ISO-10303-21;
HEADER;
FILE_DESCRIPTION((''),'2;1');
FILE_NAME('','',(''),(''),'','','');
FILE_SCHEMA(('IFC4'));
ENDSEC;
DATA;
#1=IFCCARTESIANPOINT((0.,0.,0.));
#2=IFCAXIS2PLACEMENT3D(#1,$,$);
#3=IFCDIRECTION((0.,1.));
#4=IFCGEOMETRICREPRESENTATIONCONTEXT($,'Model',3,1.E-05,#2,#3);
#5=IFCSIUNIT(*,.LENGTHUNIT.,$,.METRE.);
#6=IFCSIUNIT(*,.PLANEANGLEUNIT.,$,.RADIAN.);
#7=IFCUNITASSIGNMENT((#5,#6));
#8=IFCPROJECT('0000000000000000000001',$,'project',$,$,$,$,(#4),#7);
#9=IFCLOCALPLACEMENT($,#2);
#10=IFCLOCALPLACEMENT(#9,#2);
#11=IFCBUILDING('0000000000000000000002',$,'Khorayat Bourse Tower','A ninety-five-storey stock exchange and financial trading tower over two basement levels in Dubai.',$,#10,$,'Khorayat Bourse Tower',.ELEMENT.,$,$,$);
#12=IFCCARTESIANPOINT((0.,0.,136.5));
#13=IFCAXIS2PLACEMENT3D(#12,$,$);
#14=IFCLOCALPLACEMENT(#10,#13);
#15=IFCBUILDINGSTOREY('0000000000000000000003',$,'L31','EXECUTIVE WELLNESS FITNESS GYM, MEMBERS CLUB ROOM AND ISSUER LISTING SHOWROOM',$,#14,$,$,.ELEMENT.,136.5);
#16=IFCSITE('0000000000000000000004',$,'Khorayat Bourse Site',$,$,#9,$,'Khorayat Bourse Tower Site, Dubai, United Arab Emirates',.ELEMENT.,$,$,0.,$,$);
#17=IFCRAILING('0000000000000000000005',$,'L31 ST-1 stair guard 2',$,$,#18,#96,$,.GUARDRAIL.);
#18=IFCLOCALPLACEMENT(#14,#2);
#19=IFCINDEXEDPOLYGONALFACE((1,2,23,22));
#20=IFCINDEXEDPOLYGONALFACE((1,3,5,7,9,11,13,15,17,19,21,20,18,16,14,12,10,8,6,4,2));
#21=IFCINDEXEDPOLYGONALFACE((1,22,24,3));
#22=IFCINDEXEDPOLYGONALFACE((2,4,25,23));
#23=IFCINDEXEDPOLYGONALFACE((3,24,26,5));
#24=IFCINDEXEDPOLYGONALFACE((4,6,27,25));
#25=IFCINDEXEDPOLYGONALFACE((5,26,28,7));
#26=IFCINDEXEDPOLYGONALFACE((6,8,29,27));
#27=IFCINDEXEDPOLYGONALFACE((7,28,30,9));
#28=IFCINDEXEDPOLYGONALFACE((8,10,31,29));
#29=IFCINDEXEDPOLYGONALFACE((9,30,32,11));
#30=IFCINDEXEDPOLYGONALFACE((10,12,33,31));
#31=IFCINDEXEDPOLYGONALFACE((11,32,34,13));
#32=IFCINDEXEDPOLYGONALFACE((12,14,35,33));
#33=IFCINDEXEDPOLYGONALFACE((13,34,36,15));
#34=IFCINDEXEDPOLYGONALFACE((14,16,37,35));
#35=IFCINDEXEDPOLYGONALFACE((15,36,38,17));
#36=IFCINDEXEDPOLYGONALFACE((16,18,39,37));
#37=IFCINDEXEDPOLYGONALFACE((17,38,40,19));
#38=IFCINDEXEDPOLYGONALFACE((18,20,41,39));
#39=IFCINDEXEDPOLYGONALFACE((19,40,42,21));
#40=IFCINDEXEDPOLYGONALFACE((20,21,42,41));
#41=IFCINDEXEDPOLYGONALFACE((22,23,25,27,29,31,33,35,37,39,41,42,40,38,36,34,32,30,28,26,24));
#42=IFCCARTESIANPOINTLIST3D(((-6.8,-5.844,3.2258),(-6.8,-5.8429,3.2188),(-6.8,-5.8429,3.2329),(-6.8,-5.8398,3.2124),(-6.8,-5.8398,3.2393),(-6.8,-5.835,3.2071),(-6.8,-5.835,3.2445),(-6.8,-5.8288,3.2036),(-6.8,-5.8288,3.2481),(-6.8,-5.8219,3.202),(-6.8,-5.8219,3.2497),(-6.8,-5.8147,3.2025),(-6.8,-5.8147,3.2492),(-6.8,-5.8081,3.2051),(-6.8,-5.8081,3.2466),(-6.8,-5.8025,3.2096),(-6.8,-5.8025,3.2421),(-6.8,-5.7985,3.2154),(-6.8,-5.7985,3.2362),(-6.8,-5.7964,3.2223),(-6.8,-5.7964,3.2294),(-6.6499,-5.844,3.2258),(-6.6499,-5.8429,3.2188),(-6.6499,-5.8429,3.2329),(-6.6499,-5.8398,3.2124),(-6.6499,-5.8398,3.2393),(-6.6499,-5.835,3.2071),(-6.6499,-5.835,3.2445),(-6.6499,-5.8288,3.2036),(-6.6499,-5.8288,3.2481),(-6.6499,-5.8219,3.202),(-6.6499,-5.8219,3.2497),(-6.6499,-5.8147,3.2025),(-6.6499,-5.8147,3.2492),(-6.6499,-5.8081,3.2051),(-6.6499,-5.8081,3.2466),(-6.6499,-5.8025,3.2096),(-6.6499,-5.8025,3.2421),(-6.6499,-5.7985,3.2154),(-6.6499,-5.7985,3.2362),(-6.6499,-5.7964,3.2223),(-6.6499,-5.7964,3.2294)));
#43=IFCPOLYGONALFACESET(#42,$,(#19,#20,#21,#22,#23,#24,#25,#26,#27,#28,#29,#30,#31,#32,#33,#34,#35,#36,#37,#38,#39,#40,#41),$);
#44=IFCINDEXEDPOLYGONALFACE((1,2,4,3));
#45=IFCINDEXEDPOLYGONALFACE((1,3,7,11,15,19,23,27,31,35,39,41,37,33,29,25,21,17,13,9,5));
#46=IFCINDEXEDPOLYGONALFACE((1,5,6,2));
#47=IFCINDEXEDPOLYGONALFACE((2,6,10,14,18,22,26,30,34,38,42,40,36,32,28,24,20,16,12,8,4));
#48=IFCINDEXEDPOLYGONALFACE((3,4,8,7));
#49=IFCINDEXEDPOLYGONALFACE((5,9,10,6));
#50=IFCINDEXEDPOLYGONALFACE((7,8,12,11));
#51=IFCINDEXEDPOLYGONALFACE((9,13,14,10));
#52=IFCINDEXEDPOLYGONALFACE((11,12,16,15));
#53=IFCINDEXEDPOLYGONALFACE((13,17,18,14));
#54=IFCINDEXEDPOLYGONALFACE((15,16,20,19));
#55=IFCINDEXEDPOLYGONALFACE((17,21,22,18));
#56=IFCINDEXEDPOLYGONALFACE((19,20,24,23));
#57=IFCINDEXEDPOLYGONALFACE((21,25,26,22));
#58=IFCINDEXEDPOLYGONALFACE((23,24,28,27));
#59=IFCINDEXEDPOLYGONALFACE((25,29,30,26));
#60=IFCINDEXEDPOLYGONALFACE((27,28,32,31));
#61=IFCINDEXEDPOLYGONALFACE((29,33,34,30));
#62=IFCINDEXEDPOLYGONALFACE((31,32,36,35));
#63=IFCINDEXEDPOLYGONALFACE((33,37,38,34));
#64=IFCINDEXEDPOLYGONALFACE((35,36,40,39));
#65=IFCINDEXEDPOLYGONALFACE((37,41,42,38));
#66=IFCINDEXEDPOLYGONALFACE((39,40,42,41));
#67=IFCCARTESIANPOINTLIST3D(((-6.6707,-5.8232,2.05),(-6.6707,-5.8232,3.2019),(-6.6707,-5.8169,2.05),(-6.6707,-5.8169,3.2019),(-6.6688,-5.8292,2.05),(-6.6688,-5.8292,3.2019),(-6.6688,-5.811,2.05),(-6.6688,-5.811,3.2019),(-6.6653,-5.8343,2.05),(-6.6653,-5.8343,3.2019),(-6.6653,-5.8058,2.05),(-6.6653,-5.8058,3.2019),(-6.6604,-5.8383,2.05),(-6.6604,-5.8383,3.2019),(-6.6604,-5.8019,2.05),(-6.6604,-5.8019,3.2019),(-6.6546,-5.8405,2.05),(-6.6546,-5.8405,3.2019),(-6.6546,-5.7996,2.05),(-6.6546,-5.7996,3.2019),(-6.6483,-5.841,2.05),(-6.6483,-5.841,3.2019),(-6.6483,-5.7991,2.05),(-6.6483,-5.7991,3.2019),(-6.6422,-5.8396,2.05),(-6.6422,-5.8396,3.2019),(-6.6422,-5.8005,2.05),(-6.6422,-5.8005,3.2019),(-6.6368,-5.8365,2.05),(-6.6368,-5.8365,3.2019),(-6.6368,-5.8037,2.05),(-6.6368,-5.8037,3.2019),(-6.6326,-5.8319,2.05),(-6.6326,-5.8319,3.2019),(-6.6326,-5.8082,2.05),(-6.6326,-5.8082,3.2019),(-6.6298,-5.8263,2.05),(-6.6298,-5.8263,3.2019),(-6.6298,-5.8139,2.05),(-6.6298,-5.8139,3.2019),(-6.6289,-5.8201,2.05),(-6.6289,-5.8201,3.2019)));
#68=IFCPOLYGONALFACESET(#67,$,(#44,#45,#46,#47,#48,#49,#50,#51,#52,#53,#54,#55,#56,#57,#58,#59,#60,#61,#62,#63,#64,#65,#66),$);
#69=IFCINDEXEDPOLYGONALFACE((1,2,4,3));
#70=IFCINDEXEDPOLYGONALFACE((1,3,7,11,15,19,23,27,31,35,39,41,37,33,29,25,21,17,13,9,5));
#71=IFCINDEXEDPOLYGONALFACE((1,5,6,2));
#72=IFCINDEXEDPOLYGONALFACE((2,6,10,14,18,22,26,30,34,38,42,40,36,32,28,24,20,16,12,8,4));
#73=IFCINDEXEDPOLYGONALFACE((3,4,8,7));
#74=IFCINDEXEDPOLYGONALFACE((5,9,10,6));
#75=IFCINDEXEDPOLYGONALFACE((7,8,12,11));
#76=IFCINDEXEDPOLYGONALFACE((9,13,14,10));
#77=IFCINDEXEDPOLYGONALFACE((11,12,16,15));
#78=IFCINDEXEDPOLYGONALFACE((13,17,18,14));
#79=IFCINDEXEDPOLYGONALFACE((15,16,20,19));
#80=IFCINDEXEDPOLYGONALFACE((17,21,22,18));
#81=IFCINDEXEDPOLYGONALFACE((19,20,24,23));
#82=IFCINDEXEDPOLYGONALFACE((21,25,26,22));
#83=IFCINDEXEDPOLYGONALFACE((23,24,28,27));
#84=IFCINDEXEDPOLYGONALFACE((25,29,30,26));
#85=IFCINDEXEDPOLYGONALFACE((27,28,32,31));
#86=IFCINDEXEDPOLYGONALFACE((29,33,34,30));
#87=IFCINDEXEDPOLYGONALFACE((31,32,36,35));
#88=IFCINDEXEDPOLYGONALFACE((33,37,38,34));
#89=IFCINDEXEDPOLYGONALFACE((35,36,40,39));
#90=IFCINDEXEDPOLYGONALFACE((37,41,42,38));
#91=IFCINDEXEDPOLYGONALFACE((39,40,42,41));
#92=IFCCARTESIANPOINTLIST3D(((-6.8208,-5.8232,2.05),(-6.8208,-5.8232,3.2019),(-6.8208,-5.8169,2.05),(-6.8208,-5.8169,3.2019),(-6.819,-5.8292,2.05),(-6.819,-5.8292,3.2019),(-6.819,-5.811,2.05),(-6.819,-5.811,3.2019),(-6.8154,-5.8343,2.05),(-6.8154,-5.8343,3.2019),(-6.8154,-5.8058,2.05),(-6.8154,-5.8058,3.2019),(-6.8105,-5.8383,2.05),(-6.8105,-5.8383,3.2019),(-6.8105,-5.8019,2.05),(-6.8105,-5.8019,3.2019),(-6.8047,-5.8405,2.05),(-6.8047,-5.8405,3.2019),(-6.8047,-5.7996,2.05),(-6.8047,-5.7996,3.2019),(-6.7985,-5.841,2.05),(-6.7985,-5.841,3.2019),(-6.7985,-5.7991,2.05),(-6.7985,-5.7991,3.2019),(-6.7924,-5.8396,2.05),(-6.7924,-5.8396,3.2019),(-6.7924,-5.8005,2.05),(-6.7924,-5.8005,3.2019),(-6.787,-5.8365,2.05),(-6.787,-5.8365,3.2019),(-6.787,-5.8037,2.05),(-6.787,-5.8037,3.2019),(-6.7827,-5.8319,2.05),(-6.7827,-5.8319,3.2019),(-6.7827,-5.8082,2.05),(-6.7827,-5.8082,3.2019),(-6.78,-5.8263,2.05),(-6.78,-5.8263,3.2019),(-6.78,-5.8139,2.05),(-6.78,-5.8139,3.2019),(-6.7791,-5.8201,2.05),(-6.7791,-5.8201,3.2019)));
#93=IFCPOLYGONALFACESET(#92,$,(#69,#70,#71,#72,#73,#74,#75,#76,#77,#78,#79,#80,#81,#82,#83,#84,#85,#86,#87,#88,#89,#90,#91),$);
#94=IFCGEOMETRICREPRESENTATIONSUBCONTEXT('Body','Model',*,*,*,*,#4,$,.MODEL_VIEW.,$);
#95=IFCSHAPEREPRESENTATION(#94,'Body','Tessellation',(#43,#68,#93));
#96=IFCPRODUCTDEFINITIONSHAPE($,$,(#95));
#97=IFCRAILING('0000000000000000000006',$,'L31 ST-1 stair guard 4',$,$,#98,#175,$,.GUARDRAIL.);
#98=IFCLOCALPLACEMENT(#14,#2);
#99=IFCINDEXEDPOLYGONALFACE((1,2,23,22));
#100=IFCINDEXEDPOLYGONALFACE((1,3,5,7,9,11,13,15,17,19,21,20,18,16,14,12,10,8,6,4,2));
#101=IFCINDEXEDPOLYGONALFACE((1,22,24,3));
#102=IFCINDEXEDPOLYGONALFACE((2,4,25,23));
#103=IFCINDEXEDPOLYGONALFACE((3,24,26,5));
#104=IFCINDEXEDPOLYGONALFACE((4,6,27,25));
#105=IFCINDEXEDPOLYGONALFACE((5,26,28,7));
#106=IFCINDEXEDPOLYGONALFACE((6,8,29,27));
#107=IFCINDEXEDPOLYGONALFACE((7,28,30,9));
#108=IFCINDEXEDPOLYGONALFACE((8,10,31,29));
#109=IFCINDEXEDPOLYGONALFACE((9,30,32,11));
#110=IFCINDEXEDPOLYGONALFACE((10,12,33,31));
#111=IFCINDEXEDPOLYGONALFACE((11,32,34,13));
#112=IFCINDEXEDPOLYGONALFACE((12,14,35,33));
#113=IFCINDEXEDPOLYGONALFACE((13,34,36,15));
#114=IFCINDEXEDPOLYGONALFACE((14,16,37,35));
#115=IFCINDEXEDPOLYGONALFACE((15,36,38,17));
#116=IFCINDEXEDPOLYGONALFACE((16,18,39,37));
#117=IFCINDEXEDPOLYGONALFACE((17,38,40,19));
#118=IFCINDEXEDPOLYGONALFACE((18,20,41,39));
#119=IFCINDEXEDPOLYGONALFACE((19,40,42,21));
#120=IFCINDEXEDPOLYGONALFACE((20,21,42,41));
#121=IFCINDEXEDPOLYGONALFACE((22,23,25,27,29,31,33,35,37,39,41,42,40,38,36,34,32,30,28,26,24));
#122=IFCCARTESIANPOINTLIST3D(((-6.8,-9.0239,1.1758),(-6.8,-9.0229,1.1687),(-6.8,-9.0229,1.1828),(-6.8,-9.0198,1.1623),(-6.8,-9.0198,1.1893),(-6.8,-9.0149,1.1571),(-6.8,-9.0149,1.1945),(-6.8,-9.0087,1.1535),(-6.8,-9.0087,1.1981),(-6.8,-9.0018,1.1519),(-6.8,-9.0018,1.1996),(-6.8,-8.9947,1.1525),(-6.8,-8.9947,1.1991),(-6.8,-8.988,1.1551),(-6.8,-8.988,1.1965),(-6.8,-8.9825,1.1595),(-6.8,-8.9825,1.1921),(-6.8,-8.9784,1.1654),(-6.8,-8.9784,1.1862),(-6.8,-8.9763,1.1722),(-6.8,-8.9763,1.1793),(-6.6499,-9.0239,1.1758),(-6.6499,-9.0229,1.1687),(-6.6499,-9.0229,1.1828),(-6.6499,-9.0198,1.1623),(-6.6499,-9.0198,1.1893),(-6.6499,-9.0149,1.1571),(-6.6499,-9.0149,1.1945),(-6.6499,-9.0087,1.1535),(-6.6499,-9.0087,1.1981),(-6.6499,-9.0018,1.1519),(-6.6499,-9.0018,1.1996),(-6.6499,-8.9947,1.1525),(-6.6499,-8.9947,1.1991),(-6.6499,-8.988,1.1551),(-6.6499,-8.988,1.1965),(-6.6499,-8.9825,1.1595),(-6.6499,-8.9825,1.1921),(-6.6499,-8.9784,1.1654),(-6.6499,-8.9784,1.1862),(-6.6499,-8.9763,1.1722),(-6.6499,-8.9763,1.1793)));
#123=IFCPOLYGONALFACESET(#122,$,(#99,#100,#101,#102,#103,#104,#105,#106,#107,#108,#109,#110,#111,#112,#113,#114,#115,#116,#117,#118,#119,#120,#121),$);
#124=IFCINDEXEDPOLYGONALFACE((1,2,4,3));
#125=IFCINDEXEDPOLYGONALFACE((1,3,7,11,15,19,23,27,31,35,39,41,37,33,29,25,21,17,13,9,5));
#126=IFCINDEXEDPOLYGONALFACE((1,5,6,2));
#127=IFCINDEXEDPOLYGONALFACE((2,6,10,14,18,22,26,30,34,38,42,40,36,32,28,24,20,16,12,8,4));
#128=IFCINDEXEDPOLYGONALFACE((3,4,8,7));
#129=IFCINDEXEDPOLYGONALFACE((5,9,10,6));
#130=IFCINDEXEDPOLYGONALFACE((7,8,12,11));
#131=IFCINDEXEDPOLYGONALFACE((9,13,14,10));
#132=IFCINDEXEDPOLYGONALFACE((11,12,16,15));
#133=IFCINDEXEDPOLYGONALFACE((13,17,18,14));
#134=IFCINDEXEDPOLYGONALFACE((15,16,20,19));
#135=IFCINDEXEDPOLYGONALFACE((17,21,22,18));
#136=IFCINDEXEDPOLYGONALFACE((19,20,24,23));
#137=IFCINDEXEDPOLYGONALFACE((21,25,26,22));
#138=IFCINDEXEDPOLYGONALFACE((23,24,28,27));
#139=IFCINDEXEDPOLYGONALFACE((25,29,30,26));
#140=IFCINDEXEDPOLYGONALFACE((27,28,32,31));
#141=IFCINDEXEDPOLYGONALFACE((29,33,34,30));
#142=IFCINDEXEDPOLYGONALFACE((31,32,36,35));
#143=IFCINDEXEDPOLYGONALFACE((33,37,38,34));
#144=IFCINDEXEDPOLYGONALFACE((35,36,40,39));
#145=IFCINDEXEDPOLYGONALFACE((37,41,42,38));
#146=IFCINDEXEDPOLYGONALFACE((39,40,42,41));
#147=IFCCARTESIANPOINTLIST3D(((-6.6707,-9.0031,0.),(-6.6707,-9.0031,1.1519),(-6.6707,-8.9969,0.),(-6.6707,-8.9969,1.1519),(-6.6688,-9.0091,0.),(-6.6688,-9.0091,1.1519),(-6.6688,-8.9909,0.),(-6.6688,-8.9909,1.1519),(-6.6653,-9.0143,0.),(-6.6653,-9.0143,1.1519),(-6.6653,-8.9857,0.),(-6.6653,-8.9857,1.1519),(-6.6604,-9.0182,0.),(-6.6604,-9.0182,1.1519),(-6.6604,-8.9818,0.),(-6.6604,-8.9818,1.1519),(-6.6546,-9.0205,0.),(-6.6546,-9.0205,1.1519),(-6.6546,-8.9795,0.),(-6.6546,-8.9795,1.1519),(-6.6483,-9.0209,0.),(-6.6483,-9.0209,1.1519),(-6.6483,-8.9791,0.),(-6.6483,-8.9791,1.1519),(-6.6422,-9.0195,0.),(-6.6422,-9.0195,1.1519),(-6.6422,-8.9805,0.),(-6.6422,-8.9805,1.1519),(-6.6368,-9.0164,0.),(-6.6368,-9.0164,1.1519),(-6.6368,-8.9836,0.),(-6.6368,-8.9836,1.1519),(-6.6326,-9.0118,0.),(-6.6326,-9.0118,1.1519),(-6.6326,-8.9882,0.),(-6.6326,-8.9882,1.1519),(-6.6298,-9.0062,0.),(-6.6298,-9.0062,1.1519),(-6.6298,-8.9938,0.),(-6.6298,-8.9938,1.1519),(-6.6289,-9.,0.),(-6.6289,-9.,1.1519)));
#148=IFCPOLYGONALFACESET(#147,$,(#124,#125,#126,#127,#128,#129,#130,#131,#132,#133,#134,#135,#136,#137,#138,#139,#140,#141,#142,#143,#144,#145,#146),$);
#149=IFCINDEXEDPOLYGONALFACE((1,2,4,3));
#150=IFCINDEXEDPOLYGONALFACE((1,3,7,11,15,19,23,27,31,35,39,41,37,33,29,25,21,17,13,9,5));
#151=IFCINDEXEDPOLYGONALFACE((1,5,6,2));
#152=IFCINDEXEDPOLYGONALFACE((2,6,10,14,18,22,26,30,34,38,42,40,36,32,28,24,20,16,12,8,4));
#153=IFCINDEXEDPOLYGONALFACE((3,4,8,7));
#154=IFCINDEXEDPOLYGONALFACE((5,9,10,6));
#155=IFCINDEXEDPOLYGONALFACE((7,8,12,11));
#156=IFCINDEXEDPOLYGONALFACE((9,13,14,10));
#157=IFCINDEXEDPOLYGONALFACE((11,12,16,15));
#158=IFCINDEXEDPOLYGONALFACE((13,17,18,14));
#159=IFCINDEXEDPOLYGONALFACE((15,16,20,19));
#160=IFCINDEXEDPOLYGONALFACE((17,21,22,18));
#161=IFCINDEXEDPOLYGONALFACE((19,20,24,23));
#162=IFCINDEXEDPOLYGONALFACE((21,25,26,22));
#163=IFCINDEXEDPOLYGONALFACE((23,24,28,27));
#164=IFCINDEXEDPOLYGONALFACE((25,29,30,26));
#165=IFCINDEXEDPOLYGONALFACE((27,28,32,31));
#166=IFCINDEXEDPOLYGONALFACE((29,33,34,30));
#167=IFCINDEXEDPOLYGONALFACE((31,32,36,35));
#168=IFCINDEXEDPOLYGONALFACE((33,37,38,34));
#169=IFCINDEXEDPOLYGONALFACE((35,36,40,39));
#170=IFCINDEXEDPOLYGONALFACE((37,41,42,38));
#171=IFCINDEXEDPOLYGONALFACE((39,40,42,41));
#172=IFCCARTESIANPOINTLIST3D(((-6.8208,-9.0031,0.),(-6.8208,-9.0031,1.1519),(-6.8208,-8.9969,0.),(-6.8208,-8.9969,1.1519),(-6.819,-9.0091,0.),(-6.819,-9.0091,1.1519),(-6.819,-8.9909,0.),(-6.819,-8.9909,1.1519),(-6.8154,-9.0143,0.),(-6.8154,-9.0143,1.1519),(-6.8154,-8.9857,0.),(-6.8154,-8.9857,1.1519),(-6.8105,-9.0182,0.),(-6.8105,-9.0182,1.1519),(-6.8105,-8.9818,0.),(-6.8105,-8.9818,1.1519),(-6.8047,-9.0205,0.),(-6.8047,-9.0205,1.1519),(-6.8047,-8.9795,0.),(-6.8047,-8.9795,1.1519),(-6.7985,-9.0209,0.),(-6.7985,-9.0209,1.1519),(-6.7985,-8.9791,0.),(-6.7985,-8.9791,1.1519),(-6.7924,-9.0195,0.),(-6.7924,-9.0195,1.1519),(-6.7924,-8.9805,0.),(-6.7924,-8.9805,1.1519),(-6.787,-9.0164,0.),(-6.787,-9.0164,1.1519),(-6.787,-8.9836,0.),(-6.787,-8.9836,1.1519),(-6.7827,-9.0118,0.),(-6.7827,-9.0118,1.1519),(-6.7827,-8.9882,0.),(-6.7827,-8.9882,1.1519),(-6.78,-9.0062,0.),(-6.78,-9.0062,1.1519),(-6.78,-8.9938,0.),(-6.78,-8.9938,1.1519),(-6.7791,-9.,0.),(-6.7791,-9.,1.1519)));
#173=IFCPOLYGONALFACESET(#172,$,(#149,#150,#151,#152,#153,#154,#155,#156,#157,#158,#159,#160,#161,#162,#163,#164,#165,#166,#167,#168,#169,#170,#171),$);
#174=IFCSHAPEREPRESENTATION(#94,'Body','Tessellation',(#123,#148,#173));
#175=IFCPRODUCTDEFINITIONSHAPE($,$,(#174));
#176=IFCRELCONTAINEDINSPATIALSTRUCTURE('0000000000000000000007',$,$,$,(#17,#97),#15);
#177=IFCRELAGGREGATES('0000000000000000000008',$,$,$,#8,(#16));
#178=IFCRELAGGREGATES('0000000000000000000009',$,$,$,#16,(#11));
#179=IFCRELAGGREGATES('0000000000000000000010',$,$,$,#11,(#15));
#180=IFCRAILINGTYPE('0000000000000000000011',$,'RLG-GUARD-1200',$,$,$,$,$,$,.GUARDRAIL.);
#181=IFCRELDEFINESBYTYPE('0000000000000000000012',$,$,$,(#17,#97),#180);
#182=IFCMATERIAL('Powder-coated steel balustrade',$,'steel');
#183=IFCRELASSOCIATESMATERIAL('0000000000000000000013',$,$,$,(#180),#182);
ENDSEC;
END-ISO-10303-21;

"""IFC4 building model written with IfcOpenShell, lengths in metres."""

from ifc_helpers import new_model, si_unit, direction, frame, origin, origin_2d, place, context, subcontext, project, spatial, circle, extrude, source, transform, mapped, material, type_object, element, save


model = new_model("IFC4")

# Units and contexts
model_context = context("Model", 3, precision=1e-05, world=origin(), true_north=direction((0.0, 1.0)))
body_context = subcontext(model_context, "Body", "Model", "MODEL_VIEW")
ifc_project = project(units=[si_unit("LENGTHUNIT", "METRE"), si_unit("PLANEANGLEUNIT", "RADIAN")], contexts=[model_context])

# Site, building, storey
site_placement = place(None, origin())
site = spatial("IfcSite", under=ifc_project, at=site_placement, Name="Khorayat Bourse Site", LongName="Khorayat Bourse Tower Site, Dubai, United Arab Emirates", CompositionType="ELEMENT", RefElevation=0.0)
building_placement = place(site_placement, origin())
building = spatial("IfcBuilding", under=site, at=building_placement, Name="Khorayat Bourse Tower", Description="A ninety-five-storey stock exchange and financial trading tower over two basement levels in Dubai.", LongName="Khorayat Bourse Tower", CompositionType="ELEMENT")
storey_placement = place(building_placement, frame((0.0, 0.0, 136.5)))
storey = spatial("IfcBuildingStorey", under=building, at=storey_placement, Name="L31", Description="EXECUTIVE WELLNESS FITNESS GYM, MEMBERS CLUB ROOM AND ISSUER LISTING SHOWROOM", CompositionType="ELEMENT", Elevation=136.5)

# Railings
ifc_material_1 = material(Name="Powder-coated steel balustrade", Category="steel")
railing_type_1 = type_object("IfcRailingType", Name="RLG-GUARD-1200", PredefinedType="GUARDRAIL", material=ifc_material_1)
shared_shape_1 = source(origin(), body_context, "Body", "SweptSolid", [
    extrude(circle(Radius=0.0239, at=origin_2d()), frame((0.0, 0.0, 1.1758), z_axis=(-1.0, 0.0, 0.0), x_axis=(0.0, -1.0, 0.0)), (0.0, 0.0, 1.0), 0.1501),
    extrude(circle(Radius=0.021, at=origin_2d()), origin(), (0.0, 0.0, 1.0), 1.1519),
    extrude(circle(Radius=0.021, at=origin_2d()), frame((-0.1501, 0.0, 0.0)), (0.0, 0.0, 1.0), 1.1519),
])
for number, where, name in (
    (1, (-6.6499, -5.8201, 2.05), "L31 ST-1 stair guard 2"),
    (2, (-6.6499, -9.0, 0.0), "L31 ST-1 stair guard 4"),
):
    element("IfcRailing", number, at=place(storey_placement, frame(where)), inside=storey, type_object=railing_type_1, Name=name, PredefinedType="GUARDRAIL", context=body_context, shape_type="MappedRepresentation", body=[
        mapped(shared_shape_1, transform((0.0, 0.0, 0.0), scale=1.0)),
    ])

save(model, "model.ifc")
